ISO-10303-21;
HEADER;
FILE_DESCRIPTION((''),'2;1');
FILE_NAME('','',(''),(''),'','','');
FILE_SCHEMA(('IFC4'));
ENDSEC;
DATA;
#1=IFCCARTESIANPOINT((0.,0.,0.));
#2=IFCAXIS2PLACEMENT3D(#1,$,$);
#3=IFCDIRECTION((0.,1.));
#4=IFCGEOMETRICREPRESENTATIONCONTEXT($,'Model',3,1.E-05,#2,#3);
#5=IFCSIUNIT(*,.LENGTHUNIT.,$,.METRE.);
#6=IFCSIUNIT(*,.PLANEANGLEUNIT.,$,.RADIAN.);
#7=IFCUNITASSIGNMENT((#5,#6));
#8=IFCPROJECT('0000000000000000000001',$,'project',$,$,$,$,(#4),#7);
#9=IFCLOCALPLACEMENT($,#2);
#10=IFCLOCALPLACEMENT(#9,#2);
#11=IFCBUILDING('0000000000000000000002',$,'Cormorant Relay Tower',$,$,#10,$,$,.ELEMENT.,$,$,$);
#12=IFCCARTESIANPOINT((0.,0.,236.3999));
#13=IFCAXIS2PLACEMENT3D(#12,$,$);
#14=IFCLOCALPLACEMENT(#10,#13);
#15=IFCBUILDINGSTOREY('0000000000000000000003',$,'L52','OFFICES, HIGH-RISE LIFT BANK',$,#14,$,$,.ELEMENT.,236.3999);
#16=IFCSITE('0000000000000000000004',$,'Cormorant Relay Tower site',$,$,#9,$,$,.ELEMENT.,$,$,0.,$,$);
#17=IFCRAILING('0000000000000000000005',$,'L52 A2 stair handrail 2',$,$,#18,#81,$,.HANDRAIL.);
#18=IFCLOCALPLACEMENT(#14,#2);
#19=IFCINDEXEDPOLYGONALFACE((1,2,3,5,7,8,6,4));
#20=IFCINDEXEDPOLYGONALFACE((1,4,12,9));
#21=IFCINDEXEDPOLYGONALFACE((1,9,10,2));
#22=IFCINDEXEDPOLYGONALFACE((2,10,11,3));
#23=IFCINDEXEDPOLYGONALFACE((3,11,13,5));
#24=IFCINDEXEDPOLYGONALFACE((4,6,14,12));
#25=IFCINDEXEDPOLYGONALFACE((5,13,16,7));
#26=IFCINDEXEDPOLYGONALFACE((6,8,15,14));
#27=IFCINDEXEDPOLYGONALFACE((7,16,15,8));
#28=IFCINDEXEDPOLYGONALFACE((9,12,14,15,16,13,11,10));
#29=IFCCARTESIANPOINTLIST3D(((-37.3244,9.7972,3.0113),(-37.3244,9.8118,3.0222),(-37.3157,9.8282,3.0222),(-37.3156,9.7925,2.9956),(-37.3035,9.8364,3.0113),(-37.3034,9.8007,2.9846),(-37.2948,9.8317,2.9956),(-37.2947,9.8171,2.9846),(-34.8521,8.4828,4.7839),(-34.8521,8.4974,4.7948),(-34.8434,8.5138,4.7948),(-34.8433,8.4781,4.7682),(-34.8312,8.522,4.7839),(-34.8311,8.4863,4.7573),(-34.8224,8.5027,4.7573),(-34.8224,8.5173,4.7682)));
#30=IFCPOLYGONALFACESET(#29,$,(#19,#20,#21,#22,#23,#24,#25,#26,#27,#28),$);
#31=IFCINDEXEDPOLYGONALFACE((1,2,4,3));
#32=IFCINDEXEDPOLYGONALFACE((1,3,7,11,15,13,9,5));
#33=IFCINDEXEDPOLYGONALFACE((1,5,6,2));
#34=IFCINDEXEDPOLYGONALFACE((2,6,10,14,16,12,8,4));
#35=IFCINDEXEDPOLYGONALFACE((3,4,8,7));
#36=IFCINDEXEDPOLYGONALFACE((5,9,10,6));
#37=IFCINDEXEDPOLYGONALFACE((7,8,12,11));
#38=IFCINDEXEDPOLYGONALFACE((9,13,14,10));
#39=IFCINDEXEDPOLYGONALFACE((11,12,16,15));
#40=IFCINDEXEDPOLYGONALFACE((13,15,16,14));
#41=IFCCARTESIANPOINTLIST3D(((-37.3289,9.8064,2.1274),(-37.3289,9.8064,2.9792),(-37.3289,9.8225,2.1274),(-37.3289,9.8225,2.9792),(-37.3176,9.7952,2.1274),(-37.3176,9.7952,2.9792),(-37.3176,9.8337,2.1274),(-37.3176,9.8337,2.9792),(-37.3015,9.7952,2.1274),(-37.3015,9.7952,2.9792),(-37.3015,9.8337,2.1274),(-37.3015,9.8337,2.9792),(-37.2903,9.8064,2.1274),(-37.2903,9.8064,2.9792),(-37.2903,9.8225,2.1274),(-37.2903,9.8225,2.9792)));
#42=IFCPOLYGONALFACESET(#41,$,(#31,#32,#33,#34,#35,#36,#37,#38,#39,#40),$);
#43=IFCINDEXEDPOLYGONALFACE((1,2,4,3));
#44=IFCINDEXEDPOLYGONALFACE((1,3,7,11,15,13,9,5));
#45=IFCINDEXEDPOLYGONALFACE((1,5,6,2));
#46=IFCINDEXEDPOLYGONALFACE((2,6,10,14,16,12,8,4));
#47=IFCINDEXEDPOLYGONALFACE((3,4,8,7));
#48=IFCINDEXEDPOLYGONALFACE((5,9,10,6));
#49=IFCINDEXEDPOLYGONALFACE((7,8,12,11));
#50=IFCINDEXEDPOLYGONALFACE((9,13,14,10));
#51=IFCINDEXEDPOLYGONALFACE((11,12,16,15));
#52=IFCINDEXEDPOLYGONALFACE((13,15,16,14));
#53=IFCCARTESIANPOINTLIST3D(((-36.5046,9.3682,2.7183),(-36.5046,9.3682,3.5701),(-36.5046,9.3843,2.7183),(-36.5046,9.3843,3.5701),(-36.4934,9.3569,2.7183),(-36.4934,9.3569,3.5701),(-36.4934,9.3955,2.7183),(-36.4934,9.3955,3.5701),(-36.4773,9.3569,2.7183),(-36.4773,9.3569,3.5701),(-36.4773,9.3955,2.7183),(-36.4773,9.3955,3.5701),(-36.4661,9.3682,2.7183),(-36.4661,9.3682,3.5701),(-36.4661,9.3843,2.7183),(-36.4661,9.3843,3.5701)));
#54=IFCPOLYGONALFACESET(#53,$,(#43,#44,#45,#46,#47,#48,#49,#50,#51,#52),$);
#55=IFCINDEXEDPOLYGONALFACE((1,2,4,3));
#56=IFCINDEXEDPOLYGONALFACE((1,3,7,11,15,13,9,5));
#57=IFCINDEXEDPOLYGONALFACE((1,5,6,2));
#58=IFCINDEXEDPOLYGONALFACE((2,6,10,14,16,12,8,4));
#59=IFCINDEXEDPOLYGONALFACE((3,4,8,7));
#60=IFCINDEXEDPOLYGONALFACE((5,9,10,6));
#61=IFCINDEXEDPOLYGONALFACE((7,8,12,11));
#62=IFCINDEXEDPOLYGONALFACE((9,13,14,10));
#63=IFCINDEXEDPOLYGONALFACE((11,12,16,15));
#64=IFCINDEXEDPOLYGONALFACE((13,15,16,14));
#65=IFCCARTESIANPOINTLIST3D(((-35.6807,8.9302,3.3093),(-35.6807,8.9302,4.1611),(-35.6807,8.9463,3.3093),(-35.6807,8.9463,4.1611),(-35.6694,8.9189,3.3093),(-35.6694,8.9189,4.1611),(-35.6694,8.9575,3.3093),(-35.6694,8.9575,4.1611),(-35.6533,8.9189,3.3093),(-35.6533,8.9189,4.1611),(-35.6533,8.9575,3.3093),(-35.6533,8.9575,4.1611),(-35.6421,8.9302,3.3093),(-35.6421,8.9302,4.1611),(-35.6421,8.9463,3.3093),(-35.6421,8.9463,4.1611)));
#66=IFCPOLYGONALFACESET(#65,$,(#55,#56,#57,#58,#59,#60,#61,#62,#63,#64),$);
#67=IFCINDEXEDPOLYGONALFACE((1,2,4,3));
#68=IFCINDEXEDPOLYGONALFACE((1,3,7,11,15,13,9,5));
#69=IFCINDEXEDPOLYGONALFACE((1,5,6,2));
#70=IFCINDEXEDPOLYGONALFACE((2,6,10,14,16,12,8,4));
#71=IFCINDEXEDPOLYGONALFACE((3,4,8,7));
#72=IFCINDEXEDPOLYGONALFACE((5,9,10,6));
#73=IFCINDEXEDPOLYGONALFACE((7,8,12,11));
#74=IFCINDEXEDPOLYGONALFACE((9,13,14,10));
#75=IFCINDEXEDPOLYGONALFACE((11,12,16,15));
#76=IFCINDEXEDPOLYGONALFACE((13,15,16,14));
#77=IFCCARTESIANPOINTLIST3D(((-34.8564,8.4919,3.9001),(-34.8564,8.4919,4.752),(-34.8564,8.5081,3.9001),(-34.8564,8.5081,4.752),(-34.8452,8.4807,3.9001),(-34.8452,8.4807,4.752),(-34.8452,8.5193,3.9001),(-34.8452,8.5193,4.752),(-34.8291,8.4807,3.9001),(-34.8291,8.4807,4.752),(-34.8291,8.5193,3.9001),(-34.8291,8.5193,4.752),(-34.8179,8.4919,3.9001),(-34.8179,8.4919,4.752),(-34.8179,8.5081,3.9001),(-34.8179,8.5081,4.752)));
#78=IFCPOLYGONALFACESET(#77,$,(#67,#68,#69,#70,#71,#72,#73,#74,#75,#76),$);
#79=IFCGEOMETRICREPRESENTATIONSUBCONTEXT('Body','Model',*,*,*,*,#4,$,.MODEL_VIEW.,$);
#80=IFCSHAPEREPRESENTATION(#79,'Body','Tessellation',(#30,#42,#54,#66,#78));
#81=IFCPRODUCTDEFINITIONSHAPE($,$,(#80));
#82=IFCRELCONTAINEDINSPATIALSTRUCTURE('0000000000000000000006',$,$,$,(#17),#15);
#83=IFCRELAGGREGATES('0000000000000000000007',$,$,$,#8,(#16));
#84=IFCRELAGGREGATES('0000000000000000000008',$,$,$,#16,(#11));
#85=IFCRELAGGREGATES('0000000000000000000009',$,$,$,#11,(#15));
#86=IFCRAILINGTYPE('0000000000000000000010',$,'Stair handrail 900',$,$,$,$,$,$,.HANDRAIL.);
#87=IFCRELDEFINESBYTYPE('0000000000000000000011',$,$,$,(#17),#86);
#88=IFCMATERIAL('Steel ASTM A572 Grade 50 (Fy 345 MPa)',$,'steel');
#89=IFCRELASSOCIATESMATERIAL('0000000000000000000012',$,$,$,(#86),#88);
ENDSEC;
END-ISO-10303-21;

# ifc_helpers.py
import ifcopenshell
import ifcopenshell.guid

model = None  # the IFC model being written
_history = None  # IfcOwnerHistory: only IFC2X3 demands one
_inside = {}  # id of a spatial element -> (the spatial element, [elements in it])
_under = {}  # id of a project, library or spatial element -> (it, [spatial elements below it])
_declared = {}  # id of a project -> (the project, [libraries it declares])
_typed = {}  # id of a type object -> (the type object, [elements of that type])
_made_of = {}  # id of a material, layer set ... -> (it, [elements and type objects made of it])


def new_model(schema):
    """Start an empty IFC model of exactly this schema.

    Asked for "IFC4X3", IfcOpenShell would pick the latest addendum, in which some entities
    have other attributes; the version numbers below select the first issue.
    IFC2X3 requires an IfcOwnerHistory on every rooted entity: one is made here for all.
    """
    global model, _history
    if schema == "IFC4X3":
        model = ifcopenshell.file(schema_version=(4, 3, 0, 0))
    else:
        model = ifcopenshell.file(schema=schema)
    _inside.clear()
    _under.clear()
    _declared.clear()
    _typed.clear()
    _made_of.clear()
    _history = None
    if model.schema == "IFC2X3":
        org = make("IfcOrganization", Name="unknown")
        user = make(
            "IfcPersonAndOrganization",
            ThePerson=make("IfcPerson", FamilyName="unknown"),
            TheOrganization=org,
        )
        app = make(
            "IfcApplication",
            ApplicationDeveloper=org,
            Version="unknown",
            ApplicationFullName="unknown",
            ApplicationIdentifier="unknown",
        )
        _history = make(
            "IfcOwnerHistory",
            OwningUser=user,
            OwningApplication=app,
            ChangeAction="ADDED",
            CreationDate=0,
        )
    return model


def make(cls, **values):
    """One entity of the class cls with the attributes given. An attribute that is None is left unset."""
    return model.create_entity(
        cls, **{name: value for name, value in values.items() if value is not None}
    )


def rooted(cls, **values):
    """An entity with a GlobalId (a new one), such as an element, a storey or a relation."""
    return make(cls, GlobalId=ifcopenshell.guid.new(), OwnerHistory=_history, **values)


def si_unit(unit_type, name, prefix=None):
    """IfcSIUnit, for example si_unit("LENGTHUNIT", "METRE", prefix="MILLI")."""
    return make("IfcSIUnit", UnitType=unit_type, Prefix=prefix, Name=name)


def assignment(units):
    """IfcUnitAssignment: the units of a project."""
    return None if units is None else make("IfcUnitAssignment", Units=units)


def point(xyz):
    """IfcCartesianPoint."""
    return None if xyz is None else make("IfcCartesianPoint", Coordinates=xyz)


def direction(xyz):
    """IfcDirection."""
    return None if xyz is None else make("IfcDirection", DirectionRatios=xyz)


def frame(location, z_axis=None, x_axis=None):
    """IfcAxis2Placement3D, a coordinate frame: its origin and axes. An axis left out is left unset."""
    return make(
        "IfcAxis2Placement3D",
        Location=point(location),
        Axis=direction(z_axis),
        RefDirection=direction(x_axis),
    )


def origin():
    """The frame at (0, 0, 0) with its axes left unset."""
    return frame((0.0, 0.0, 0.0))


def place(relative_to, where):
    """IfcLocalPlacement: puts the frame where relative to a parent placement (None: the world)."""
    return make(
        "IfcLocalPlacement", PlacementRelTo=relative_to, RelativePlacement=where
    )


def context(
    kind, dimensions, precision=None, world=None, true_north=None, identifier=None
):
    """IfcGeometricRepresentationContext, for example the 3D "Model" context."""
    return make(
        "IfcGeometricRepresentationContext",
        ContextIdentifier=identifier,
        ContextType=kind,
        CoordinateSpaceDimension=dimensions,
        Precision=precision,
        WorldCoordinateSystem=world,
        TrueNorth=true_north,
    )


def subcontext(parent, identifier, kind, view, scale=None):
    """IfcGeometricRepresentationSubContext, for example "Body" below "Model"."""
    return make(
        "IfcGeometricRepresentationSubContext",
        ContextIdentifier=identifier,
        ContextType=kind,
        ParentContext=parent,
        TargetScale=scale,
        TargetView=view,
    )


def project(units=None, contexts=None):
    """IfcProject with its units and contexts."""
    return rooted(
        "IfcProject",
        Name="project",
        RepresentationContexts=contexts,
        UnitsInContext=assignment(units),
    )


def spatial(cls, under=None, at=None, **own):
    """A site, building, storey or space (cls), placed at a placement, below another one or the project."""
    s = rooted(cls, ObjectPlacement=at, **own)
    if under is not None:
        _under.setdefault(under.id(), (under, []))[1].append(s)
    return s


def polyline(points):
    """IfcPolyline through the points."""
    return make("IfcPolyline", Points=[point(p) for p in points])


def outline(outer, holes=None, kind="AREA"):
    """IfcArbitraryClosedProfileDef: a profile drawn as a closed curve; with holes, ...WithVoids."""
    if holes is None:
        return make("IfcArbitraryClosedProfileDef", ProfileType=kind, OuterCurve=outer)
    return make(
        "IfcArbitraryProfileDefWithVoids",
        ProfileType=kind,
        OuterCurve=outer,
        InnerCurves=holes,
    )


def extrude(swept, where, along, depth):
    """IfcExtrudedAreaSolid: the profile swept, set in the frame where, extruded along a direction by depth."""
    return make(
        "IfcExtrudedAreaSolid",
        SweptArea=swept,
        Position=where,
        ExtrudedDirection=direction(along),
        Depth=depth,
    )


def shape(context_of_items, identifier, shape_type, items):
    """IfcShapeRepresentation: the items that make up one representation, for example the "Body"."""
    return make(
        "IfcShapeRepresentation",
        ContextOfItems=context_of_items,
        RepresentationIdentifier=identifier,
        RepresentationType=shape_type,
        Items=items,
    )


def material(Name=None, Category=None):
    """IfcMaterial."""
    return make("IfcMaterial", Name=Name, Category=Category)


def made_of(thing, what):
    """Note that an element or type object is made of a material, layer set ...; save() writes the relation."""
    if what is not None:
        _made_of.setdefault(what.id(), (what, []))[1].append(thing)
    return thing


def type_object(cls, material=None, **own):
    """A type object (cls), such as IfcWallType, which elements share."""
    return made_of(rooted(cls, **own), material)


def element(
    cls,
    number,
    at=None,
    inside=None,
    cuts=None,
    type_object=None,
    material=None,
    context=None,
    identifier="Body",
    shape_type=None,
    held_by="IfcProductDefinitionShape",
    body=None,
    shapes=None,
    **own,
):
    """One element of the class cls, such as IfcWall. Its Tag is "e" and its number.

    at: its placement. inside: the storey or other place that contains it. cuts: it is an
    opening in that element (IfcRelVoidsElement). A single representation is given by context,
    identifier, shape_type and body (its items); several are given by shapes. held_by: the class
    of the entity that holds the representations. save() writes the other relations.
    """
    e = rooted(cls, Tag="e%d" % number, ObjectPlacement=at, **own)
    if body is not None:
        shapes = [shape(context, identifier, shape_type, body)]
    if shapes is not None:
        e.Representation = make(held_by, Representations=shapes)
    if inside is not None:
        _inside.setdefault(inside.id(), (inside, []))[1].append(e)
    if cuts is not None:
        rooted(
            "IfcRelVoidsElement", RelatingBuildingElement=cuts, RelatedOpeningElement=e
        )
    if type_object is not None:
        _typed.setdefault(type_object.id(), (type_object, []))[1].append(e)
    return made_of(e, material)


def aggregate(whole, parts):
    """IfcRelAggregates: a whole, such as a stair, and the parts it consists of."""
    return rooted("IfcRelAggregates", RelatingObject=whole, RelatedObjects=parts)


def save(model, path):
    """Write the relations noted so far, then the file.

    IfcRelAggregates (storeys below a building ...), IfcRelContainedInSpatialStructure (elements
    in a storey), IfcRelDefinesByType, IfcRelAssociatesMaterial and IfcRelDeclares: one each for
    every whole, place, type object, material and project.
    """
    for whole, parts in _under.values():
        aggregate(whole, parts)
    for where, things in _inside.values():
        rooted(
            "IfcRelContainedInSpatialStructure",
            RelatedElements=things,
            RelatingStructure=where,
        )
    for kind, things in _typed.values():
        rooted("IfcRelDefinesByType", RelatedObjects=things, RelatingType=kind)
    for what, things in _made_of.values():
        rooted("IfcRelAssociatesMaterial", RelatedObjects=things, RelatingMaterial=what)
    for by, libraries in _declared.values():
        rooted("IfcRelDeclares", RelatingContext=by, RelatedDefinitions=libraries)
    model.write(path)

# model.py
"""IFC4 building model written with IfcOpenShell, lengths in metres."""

from ifc_helpers import new_model, si_unit, direction, frame, origin, place, context, subcontext, project, spatial, polyline, outline, extrude, material, type_object, element, save


model = new_model("IFC4")

# Units and contexts
model_context = context("Model", 3, precision=1e-05, world=origin(), true_north=direction((0.0, 1.0)))
body_context = subcontext(model_context, "Body", "Model", "MODEL_VIEW")
ifc_project = project(units=[si_unit("LENGTHUNIT", "METRE"), si_unit("PLANEANGLEUNIT", "RADIAN")], contexts=[model_context])

# Site, building, storey
site_placement = place(None, origin())
site = spatial("IfcSite", under=ifc_project, at=site_placement, Name="Cormorant Relay Tower site", CompositionType="ELEMENT", RefElevation=0.0)
building_placement = place(site_placement, origin())
building = spatial("IfcBuilding", under=site, at=building_placement, Name="Cormorant Relay Tower", CompositionType="ELEMENT")
storey_placement = place(building_placement, frame((0.0, 0.0, 236.3999)))
storey = spatial("IfcBuildingStorey", under=building, at=storey_placement, Name="L52", Description="OFFICES, HIGH-RISE LIFT BANK", CompositionType="ELEMENT", Elevation=236.3999)

# Railing
ifc_material_1 = material(Name="Steel ASTM A572 Grade 50 (Fy 345 MPa)", Category="steel")
railing_type_1 = type_object("IfcRailingType", Name="Stair handrail 900", PredefinedType="HANDRAIL", material=ifc_material_1)
railing_1_placement = place(storey_placement, frame((-37.3096, 9.8145, 2.1274)))
element("IfcRailing", 1, at=railing_1_placement, inside=storey, type_object=railing_type_1, Name="L52 A2 stair handrail 2", PredefinedType="HANDRAIL", context=body_context, shape_type="SweptSolid", body=[
    extrude(outline(polyline([(0.0222, 0.0093), (0.0093, 0.0222), (-0.0093, 0.0222), (-0.0222, 0.0093), (-0.0222, -0.0093), (-0.0093, -0.0222), (0.0093, -0.0222), (0.0222, -0.0093), (0.0222, 0.0093)])), frame((0.0, 0.0, 0.876), z_axis=(0.746034, -0.396627, 0.534902), x_axis=(0.469429, 0.88297, 0.0)), (0.0, 0.0, 1.0), 3.314),
    extrude(outline(polyline([(0.0193, 0.0081), (0.0081, 0.0193), (-0.0081, 0.0193), (-0.0193, 0.0081), (-0.0193, -0.0081), (-0.0081, -0.0193), (0.0081, -0.0193), (0.0193, -0.0081), (0.0193, 0.0081)])), origin(), (0.0, 0.0, 1.0), 0.8518),
    extrude(outline(polyline([(0.0193, 0.0081), (0.0081, 0.0193), (-0.0081, 0.0193), (-0.0193, 0.0081), (-0.0193, -0.0081), (-0.0081, -0.0193), (0.0081, -0.0193), (0.0193, -0.0081), (0.0193, 0.0081)])), frame((0.8242, -0.4382, 0.5908)), (0.0, 0.0, 1.0), 0.8518),
    extrude(outline(polyline([(0.0193, 0.0081), (0.0081, 0.0193), (-0.0081, 0.0193), (-0.0193, 0.0081), (-0.0193, -0.0081), (-0.0081, -0.0193), (0.0081, -0.0193), (0.0193, -0.0081), (0.0193, 0.0081)])), frame((1.6482, -0.8762, 1.1819)), (0.0, 0.0, 1.0), 0.8518),
    extrude(outline(polyline([(0.0193, 0.0081), (0.0081, 0.0193), (-0.0081, 0.0193), (-0.0193, 0.0081), (-0.0193, -0.0081), (-0.0081, -0.0193), (0.0081, -0.0193), (0.0193, -0.0081), (0.0193, 0.0081)])), frame((2.4724, -1.3145, 1.7727)), (0.0, 0.0, 1.0), 0.8518),
])

save(model, "model.ifc")
